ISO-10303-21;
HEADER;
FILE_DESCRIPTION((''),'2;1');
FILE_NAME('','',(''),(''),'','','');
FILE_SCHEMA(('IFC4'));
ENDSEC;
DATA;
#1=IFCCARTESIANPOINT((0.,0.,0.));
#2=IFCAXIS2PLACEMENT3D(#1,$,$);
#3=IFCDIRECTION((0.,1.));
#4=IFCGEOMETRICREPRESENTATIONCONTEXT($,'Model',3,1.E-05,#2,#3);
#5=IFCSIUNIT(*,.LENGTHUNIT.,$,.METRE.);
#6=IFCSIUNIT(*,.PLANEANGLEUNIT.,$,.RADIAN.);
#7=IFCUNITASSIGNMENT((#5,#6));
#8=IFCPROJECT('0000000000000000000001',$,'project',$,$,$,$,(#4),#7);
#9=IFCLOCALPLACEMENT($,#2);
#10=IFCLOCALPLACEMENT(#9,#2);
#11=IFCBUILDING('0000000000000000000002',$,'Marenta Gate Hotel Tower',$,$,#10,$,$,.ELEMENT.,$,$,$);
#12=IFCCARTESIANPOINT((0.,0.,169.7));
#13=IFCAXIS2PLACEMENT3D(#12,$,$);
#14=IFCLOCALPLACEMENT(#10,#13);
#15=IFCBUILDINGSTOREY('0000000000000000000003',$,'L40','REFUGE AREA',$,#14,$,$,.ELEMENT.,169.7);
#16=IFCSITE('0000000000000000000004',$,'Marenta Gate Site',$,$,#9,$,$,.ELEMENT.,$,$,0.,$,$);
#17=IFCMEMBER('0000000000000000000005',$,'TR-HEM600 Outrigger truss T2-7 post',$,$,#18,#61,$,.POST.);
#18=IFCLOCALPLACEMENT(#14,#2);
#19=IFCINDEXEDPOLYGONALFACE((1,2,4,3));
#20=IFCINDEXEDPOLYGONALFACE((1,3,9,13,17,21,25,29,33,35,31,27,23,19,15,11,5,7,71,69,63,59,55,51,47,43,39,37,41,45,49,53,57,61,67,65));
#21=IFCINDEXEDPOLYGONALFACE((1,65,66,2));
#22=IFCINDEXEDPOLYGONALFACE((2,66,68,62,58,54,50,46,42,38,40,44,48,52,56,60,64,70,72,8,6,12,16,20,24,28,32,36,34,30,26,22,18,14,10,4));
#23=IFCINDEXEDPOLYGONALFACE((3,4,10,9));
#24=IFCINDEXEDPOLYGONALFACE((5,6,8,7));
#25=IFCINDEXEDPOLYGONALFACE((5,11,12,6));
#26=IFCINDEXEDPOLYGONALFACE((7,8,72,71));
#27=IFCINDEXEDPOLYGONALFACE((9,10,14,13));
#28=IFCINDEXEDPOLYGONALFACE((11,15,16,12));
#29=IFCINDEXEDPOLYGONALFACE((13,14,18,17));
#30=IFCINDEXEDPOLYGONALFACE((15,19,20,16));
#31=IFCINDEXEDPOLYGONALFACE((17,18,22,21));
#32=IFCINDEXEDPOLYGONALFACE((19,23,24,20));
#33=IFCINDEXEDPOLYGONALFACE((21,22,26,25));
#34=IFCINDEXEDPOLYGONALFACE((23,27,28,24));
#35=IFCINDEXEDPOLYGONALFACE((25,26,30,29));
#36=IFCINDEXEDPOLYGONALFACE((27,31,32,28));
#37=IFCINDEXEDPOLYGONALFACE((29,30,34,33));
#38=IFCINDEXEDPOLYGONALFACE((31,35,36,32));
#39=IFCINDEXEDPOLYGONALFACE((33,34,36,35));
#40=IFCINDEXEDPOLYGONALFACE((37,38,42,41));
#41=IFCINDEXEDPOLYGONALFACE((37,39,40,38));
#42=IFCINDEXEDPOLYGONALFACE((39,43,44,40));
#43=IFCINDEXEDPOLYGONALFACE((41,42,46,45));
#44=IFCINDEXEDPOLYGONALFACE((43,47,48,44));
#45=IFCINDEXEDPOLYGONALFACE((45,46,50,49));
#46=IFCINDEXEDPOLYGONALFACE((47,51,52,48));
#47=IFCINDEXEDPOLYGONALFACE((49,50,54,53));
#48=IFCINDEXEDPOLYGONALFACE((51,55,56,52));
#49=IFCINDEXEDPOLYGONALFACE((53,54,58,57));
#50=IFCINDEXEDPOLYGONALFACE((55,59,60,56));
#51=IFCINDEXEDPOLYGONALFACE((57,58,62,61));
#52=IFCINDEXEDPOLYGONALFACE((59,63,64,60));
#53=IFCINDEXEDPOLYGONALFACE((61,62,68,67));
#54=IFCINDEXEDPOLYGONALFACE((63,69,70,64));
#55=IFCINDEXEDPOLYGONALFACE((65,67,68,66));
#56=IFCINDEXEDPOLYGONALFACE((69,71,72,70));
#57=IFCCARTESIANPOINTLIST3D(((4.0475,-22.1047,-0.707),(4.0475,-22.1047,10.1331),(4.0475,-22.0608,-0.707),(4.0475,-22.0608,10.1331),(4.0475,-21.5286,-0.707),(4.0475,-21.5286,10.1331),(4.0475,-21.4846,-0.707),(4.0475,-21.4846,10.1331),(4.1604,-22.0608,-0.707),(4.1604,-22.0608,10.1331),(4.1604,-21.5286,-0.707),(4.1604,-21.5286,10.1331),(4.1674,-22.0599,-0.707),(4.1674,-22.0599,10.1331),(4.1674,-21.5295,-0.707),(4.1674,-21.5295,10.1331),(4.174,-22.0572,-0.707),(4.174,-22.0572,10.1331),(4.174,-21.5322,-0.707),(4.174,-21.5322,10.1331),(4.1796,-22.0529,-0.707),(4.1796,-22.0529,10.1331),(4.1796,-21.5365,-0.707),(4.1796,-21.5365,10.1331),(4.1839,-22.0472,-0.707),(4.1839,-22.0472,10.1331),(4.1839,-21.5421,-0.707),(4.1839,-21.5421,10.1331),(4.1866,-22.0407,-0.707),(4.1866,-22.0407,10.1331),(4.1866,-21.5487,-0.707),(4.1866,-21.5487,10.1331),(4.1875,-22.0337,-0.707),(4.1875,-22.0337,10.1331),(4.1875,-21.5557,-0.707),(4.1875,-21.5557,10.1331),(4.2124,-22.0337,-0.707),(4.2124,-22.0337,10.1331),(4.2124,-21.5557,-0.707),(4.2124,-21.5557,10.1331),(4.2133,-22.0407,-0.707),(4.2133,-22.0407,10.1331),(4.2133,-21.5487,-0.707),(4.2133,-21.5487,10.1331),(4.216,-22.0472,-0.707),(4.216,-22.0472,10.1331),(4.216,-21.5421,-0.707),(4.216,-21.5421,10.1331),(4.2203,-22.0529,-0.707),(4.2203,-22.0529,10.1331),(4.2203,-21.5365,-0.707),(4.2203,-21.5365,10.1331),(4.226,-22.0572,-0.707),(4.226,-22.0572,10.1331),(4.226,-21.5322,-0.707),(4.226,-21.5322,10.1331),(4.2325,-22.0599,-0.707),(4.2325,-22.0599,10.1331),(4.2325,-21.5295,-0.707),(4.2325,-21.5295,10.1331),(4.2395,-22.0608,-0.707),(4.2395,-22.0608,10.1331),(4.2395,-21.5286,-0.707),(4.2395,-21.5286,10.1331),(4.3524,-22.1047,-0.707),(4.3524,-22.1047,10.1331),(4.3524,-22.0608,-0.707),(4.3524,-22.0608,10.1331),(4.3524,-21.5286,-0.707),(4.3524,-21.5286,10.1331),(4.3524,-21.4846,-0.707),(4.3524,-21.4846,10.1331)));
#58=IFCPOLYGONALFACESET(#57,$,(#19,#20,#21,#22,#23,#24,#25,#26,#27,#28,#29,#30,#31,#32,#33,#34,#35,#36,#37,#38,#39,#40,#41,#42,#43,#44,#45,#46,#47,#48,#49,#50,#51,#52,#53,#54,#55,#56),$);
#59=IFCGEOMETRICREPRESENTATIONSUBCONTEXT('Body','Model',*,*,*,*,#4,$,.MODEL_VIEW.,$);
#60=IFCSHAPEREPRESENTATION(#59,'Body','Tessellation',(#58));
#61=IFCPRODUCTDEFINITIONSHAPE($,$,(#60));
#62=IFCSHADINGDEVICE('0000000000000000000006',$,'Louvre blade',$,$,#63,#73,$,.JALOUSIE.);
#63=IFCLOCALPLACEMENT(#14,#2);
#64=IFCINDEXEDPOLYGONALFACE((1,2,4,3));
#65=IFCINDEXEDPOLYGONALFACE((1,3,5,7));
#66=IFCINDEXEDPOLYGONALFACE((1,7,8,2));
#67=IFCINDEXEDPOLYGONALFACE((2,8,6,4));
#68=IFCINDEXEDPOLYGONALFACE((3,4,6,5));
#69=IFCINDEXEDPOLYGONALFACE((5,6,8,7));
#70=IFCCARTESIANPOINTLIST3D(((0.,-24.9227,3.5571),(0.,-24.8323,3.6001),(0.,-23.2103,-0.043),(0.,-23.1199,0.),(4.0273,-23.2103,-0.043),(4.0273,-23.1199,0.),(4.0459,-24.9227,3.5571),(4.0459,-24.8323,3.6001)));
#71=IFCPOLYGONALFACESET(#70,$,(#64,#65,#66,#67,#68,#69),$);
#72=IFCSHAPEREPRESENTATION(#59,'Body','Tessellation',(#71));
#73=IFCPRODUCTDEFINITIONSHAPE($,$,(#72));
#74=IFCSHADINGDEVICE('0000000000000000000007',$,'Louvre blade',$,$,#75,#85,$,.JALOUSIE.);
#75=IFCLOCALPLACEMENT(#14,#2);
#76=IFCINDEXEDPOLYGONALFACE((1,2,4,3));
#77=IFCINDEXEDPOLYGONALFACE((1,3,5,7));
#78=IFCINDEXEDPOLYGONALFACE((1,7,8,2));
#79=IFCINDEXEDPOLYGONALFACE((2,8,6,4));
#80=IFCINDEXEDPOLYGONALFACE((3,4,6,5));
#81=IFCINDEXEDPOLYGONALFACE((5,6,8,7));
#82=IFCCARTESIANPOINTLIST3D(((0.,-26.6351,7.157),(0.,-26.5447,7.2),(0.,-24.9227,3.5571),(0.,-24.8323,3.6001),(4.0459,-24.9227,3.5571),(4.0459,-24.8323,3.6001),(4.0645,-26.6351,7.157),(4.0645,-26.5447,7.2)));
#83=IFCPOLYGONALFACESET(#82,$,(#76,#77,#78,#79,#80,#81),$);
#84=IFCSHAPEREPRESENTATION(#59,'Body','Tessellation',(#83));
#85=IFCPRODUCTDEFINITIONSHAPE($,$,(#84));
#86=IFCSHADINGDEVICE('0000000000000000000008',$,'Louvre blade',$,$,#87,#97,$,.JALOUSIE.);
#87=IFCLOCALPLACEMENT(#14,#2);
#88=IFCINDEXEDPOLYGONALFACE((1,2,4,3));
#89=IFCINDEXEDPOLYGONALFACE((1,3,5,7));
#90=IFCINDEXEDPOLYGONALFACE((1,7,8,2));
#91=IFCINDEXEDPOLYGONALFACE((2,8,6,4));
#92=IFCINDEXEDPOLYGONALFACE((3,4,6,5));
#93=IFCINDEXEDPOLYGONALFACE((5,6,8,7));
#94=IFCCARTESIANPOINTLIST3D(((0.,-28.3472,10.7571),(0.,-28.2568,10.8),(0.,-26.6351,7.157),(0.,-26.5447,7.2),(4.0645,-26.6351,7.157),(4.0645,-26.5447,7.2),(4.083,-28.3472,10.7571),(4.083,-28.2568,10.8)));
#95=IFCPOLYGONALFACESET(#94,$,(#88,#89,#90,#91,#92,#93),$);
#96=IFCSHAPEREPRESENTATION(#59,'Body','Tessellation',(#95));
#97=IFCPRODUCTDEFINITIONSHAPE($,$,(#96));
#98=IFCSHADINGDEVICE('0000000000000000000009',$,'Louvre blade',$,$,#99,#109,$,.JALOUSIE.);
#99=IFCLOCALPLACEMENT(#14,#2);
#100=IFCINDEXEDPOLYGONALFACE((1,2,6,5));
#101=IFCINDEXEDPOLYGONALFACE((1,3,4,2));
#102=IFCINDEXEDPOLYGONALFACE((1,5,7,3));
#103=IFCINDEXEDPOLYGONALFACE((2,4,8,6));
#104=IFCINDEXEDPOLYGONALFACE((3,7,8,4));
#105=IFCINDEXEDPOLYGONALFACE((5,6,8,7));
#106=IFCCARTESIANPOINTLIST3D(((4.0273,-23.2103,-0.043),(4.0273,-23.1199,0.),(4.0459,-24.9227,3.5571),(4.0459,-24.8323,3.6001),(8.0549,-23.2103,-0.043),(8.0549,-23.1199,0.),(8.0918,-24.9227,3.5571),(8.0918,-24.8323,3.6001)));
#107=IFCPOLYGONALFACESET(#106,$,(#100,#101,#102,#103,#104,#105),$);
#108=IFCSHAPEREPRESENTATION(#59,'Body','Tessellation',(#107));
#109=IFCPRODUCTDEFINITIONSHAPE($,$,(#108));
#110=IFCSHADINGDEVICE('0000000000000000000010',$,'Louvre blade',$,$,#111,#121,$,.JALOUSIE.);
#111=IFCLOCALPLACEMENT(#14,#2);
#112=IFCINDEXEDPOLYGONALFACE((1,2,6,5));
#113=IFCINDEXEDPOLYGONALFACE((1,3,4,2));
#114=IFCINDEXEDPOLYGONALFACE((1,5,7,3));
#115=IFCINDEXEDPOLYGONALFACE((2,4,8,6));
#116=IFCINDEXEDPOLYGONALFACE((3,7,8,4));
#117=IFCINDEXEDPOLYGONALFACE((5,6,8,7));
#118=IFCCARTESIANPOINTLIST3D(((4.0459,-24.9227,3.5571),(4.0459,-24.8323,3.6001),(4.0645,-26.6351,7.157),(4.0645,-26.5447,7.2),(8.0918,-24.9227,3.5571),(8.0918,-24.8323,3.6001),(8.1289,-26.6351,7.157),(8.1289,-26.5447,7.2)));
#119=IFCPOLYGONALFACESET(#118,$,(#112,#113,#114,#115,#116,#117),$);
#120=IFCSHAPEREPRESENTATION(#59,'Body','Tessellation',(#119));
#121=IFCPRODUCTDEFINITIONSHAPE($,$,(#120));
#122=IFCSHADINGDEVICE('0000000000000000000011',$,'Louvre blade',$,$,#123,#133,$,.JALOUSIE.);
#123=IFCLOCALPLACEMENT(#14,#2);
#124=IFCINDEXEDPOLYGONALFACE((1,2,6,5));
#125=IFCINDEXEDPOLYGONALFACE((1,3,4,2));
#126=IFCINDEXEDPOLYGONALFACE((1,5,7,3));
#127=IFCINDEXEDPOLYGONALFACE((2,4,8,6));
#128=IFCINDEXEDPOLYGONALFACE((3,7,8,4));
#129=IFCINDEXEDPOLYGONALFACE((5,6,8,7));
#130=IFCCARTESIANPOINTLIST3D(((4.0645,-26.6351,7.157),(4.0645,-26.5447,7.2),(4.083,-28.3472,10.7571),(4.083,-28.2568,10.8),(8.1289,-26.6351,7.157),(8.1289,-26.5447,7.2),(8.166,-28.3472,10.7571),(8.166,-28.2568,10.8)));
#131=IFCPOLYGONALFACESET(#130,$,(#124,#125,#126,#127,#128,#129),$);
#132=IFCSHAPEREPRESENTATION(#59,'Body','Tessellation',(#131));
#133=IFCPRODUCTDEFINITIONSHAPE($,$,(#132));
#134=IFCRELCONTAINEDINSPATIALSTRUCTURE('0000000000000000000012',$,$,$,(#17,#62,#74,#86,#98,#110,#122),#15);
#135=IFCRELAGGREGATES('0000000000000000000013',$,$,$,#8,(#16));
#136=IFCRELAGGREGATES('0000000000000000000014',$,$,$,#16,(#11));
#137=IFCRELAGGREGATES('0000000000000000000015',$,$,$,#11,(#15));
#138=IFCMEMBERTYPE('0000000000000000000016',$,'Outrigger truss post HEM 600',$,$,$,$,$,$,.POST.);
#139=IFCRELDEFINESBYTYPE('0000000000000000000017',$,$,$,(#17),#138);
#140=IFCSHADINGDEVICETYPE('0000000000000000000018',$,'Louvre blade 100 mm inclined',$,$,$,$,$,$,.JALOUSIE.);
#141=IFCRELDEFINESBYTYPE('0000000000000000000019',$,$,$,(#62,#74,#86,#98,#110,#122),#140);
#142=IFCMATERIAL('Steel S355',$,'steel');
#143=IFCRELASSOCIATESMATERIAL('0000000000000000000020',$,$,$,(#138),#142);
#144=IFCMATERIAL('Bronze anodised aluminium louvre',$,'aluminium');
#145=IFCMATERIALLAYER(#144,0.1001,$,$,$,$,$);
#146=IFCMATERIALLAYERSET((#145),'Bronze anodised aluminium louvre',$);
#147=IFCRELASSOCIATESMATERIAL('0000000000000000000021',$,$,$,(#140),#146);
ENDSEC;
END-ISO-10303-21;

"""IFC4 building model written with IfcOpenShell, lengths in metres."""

from ifc_helpers import new_model, si_unit, direction, frame, origin, origin_2d, place, context, subcontext, project, spatial, polyline, i_section, outline, extrude, material, layer, layer_set, material_profile, profile_set, type_object, element, save


model = new_model("IFC4")

# Units and contexts
model_context = context("Model", 3, precision=1e-05, world=origin(), true_north=direction((0.0, 1.0)))
body_context = subcontext(model_context, "Body", "Model", "MODEL_VIEW")
ifc_project = project(units=[si_unit("LENGTHUNIT", "METRE"), si_unit("PLANEANGLEUNIT", "RADIAN")], contexts=[model_context])

# Site, building, storey
site_placement = place(None, origin())
site = spatial("IfcSite", under=ifc_project, at=site_placement, Name="Marenta Gate Site", CompositionType="ELEMENT", RefElevation=0.0)
building_placement = place(site_placement, origin())
building = spatial("IfcBuilding", under=site, at=building_placement, Name="Marenta Gate Hotel Tower", CompositionType="ELEMENT")
storey_placement = place(building_placement, frame((0.0, 0.0, 169.7)))
storey = spatial("IfcBuildingStorey", under=building, at=storey_placement, Name="L40", Description="REFUGE AREA", CompositionType="ELEMENT", Elevation=169.7)

# Member
ifc_material_1 = material(Name="Steel S355", Category="steel")
ifc_material_profile_1 = material_profile(ifc_material_1, i_section(OverallWidth=0.3049, OverallDepth=0.6201, WebThickness=0.0249, FlangeThickness=0.0439, FilletRadius=0.0271, at=origin_2d()), Name="HEM 600")
ifc_profile_set_1 = profile_set([ifc_material_profile_1], Name="Steel S355")
member_type_1 = type_object("IfcMemberType", Name="Outrigger truss post HEM 600", PredefinedType="POST", material=ifc_profile_set_1)
member_1_placement = place(storey_placement, frame((4.2, -21.7947, -0.707), z_axis=(0.0, 0.0, 1.0), x_axis=(1.0, 0.0, 0.0)))
element("IfcMember", 1, at=member_1_placement, inside=storey, type_object=member_type_1, Name="TR-HEM600 Outrigger truss T2-7 post", PredefinedType="POST", context=body_context, shape_type="SweptSolid", body=[
    extrude(i_section(OverallWidth=0.3049, OverallDepth=0.6201, WebThickness=0.0249, FlangeThickness=0.0439, FilletRadius=0.0271, at=origin_2d()), origin(), (0.0, 0.0, 1.0), 10.8401),
])

# Shading devices
ifc_material_2 = material(Name="Bronze anodised aluminium louvre", Category="aluminium")
ifc_layer = layer(ifc_material_2, 0.1001)
ifc_layer_set = layer_set([ifc_layer], Name="Bronze anodised aluminium louvre")
shading_device_type = type_object("IfcShadingDeviceType", Name="Louvre blade 100 mm inclined", PredefinedType="JALOUSIE", material=ifc_layer_set)
shading_device_1_placement = place(storey_placement, frame((0.0, -23.1199, 0.0), z_axis=(0.0, 0.903048, 0.429539), x_axis=(1.0, 0.0, 0.0)))
element("IfcShadingDevice", 2, at=shading_device_1_placement, inside=storey, type_object=shading_device_type, Name="Louvre blade", PredefinedType="JALOUSIE", context=body_context, shape_type="SweptSolid", body=[
    extrude(outline(polyline([(0.0, 0.0), (4.0273, 0.0), (4.0459, -3.9866), (0.0, -3.9866), (0.0, 0.0)])), origin(), (0.0, 0.0, -1.0), 0.1001),
])
shading_device_2_placement = place(storey_placement, frame((0.0, -24.8323, 3.6001), z_axis=(0.0, 0.903037, 0.429563), x_axis=(1.0, 0.0, 0.0)))
element("IfcShadingDevice", 3, at=shading_device_2_placement, inside=storey, type_object=shading_device_type, Name="Louvre blade", PredefinedType="JALOUSIE", context=body_context, shape_type="SweptSolid", body=[
    extrude(outline(polyline([(0.0, 0.0), (4.0459, 0.0), (4.0645, -3.9864), (0.0, -3.9864), (0.0, 0.0)])), origin(), (0.0, 0.0, -1.0), 0.1001),
])
shading_device_3_placement = place(storey_placement, frame((0.0, -26.5447, 7.2), z_axis=(0.0, 0.903072, 0.429489), x_axis=(1.0, 0.0, 0.0)))
element("IfcShadingDevice", 4, at=shading_device_3_placement, inside=storey, type_object=shading_device_type, Name="Louvre blade", PredefinedType="JALOUSIE", context=body_context, shape_type="SweptSolid", body=[
    extrude(outline(polyline([(0.0, 0.0), (4.0645, 0.0), (4.083, -3.9865), (0.0, -3.9865), (0.0, 0.0)])), origin(), (0.0, 0.0, -1.0), 0.1001),
])
shading_device_4_placement = place(storey_placement, frame((4.0273, -23.1199, 0.0), z_axis=(0.0, 0.903048, 0.429539), x_axis=(1.0, 0.0, 0.0)))
element("IfcShadingDevice", 5, at=shading_device_4_placement, inside=storey, type_object=shading_device_type, Name="Louvre blade", PredefinedType="JALOUSIE", context=body_context, shape_type="SweptSolid", body=[
    extrude(outline(polyline([(0.0, 0.0), (4.0276, 0.0), (4.0645, -3.9866), (0.0186, -3.9866), (0.0, 0.0)])), origin(), (0.0, 0.0, -1.0), 0.1001),
])
shading_device_5_placement = place(storey_placement, frame((4.0459, -24.8323, 3.6001), z_axis=(0.0, 0.903037, 0.429563), x_axis=(1.0, 0.0, 0.0)))
element("IfcShadingDevice", 6, at=shading_device_5_placement, inside=storey, type_object=shading_device_type, Name="Louvre blade", PredefinedType="JALOUSIE", context=body_context, shape_type="SweptSolid", body=[
    extrude(outline(polyline([(0.0, 0.0), (4.0459, 0.0), (4.083, -3.9864), (0.0186, -3.9864), (0.0, 0.0)])), origin(), (0.0, 0.0, -1.0), 0.1001),
])
shading_device_6_placement = place(storey_placement, frame((4.0645, -26.5447, 7.2), z_axis=(0.0, 0.903072, 0.429489), x_axis=(1.0, 0.0, 0.0)))
element("IfcShadingDevice", 7, at=shading_device_6_placement, inside=storey, type_object=shading_device_type, Name="Louvre blade", PredefinedType="JALOUSIE", context=body_context, shape_type="SweptSolid", body=[
    extrude(outline(polyline([(0.0, 0.0), (4.0645, 0.0), (4.1016, -3.9865), (0.0186, -3.9865), (0.0, 0.0)])), origin(), (0.0, 0.0, -1.0), 0.1001),
])

save(model, "model.ifc")
